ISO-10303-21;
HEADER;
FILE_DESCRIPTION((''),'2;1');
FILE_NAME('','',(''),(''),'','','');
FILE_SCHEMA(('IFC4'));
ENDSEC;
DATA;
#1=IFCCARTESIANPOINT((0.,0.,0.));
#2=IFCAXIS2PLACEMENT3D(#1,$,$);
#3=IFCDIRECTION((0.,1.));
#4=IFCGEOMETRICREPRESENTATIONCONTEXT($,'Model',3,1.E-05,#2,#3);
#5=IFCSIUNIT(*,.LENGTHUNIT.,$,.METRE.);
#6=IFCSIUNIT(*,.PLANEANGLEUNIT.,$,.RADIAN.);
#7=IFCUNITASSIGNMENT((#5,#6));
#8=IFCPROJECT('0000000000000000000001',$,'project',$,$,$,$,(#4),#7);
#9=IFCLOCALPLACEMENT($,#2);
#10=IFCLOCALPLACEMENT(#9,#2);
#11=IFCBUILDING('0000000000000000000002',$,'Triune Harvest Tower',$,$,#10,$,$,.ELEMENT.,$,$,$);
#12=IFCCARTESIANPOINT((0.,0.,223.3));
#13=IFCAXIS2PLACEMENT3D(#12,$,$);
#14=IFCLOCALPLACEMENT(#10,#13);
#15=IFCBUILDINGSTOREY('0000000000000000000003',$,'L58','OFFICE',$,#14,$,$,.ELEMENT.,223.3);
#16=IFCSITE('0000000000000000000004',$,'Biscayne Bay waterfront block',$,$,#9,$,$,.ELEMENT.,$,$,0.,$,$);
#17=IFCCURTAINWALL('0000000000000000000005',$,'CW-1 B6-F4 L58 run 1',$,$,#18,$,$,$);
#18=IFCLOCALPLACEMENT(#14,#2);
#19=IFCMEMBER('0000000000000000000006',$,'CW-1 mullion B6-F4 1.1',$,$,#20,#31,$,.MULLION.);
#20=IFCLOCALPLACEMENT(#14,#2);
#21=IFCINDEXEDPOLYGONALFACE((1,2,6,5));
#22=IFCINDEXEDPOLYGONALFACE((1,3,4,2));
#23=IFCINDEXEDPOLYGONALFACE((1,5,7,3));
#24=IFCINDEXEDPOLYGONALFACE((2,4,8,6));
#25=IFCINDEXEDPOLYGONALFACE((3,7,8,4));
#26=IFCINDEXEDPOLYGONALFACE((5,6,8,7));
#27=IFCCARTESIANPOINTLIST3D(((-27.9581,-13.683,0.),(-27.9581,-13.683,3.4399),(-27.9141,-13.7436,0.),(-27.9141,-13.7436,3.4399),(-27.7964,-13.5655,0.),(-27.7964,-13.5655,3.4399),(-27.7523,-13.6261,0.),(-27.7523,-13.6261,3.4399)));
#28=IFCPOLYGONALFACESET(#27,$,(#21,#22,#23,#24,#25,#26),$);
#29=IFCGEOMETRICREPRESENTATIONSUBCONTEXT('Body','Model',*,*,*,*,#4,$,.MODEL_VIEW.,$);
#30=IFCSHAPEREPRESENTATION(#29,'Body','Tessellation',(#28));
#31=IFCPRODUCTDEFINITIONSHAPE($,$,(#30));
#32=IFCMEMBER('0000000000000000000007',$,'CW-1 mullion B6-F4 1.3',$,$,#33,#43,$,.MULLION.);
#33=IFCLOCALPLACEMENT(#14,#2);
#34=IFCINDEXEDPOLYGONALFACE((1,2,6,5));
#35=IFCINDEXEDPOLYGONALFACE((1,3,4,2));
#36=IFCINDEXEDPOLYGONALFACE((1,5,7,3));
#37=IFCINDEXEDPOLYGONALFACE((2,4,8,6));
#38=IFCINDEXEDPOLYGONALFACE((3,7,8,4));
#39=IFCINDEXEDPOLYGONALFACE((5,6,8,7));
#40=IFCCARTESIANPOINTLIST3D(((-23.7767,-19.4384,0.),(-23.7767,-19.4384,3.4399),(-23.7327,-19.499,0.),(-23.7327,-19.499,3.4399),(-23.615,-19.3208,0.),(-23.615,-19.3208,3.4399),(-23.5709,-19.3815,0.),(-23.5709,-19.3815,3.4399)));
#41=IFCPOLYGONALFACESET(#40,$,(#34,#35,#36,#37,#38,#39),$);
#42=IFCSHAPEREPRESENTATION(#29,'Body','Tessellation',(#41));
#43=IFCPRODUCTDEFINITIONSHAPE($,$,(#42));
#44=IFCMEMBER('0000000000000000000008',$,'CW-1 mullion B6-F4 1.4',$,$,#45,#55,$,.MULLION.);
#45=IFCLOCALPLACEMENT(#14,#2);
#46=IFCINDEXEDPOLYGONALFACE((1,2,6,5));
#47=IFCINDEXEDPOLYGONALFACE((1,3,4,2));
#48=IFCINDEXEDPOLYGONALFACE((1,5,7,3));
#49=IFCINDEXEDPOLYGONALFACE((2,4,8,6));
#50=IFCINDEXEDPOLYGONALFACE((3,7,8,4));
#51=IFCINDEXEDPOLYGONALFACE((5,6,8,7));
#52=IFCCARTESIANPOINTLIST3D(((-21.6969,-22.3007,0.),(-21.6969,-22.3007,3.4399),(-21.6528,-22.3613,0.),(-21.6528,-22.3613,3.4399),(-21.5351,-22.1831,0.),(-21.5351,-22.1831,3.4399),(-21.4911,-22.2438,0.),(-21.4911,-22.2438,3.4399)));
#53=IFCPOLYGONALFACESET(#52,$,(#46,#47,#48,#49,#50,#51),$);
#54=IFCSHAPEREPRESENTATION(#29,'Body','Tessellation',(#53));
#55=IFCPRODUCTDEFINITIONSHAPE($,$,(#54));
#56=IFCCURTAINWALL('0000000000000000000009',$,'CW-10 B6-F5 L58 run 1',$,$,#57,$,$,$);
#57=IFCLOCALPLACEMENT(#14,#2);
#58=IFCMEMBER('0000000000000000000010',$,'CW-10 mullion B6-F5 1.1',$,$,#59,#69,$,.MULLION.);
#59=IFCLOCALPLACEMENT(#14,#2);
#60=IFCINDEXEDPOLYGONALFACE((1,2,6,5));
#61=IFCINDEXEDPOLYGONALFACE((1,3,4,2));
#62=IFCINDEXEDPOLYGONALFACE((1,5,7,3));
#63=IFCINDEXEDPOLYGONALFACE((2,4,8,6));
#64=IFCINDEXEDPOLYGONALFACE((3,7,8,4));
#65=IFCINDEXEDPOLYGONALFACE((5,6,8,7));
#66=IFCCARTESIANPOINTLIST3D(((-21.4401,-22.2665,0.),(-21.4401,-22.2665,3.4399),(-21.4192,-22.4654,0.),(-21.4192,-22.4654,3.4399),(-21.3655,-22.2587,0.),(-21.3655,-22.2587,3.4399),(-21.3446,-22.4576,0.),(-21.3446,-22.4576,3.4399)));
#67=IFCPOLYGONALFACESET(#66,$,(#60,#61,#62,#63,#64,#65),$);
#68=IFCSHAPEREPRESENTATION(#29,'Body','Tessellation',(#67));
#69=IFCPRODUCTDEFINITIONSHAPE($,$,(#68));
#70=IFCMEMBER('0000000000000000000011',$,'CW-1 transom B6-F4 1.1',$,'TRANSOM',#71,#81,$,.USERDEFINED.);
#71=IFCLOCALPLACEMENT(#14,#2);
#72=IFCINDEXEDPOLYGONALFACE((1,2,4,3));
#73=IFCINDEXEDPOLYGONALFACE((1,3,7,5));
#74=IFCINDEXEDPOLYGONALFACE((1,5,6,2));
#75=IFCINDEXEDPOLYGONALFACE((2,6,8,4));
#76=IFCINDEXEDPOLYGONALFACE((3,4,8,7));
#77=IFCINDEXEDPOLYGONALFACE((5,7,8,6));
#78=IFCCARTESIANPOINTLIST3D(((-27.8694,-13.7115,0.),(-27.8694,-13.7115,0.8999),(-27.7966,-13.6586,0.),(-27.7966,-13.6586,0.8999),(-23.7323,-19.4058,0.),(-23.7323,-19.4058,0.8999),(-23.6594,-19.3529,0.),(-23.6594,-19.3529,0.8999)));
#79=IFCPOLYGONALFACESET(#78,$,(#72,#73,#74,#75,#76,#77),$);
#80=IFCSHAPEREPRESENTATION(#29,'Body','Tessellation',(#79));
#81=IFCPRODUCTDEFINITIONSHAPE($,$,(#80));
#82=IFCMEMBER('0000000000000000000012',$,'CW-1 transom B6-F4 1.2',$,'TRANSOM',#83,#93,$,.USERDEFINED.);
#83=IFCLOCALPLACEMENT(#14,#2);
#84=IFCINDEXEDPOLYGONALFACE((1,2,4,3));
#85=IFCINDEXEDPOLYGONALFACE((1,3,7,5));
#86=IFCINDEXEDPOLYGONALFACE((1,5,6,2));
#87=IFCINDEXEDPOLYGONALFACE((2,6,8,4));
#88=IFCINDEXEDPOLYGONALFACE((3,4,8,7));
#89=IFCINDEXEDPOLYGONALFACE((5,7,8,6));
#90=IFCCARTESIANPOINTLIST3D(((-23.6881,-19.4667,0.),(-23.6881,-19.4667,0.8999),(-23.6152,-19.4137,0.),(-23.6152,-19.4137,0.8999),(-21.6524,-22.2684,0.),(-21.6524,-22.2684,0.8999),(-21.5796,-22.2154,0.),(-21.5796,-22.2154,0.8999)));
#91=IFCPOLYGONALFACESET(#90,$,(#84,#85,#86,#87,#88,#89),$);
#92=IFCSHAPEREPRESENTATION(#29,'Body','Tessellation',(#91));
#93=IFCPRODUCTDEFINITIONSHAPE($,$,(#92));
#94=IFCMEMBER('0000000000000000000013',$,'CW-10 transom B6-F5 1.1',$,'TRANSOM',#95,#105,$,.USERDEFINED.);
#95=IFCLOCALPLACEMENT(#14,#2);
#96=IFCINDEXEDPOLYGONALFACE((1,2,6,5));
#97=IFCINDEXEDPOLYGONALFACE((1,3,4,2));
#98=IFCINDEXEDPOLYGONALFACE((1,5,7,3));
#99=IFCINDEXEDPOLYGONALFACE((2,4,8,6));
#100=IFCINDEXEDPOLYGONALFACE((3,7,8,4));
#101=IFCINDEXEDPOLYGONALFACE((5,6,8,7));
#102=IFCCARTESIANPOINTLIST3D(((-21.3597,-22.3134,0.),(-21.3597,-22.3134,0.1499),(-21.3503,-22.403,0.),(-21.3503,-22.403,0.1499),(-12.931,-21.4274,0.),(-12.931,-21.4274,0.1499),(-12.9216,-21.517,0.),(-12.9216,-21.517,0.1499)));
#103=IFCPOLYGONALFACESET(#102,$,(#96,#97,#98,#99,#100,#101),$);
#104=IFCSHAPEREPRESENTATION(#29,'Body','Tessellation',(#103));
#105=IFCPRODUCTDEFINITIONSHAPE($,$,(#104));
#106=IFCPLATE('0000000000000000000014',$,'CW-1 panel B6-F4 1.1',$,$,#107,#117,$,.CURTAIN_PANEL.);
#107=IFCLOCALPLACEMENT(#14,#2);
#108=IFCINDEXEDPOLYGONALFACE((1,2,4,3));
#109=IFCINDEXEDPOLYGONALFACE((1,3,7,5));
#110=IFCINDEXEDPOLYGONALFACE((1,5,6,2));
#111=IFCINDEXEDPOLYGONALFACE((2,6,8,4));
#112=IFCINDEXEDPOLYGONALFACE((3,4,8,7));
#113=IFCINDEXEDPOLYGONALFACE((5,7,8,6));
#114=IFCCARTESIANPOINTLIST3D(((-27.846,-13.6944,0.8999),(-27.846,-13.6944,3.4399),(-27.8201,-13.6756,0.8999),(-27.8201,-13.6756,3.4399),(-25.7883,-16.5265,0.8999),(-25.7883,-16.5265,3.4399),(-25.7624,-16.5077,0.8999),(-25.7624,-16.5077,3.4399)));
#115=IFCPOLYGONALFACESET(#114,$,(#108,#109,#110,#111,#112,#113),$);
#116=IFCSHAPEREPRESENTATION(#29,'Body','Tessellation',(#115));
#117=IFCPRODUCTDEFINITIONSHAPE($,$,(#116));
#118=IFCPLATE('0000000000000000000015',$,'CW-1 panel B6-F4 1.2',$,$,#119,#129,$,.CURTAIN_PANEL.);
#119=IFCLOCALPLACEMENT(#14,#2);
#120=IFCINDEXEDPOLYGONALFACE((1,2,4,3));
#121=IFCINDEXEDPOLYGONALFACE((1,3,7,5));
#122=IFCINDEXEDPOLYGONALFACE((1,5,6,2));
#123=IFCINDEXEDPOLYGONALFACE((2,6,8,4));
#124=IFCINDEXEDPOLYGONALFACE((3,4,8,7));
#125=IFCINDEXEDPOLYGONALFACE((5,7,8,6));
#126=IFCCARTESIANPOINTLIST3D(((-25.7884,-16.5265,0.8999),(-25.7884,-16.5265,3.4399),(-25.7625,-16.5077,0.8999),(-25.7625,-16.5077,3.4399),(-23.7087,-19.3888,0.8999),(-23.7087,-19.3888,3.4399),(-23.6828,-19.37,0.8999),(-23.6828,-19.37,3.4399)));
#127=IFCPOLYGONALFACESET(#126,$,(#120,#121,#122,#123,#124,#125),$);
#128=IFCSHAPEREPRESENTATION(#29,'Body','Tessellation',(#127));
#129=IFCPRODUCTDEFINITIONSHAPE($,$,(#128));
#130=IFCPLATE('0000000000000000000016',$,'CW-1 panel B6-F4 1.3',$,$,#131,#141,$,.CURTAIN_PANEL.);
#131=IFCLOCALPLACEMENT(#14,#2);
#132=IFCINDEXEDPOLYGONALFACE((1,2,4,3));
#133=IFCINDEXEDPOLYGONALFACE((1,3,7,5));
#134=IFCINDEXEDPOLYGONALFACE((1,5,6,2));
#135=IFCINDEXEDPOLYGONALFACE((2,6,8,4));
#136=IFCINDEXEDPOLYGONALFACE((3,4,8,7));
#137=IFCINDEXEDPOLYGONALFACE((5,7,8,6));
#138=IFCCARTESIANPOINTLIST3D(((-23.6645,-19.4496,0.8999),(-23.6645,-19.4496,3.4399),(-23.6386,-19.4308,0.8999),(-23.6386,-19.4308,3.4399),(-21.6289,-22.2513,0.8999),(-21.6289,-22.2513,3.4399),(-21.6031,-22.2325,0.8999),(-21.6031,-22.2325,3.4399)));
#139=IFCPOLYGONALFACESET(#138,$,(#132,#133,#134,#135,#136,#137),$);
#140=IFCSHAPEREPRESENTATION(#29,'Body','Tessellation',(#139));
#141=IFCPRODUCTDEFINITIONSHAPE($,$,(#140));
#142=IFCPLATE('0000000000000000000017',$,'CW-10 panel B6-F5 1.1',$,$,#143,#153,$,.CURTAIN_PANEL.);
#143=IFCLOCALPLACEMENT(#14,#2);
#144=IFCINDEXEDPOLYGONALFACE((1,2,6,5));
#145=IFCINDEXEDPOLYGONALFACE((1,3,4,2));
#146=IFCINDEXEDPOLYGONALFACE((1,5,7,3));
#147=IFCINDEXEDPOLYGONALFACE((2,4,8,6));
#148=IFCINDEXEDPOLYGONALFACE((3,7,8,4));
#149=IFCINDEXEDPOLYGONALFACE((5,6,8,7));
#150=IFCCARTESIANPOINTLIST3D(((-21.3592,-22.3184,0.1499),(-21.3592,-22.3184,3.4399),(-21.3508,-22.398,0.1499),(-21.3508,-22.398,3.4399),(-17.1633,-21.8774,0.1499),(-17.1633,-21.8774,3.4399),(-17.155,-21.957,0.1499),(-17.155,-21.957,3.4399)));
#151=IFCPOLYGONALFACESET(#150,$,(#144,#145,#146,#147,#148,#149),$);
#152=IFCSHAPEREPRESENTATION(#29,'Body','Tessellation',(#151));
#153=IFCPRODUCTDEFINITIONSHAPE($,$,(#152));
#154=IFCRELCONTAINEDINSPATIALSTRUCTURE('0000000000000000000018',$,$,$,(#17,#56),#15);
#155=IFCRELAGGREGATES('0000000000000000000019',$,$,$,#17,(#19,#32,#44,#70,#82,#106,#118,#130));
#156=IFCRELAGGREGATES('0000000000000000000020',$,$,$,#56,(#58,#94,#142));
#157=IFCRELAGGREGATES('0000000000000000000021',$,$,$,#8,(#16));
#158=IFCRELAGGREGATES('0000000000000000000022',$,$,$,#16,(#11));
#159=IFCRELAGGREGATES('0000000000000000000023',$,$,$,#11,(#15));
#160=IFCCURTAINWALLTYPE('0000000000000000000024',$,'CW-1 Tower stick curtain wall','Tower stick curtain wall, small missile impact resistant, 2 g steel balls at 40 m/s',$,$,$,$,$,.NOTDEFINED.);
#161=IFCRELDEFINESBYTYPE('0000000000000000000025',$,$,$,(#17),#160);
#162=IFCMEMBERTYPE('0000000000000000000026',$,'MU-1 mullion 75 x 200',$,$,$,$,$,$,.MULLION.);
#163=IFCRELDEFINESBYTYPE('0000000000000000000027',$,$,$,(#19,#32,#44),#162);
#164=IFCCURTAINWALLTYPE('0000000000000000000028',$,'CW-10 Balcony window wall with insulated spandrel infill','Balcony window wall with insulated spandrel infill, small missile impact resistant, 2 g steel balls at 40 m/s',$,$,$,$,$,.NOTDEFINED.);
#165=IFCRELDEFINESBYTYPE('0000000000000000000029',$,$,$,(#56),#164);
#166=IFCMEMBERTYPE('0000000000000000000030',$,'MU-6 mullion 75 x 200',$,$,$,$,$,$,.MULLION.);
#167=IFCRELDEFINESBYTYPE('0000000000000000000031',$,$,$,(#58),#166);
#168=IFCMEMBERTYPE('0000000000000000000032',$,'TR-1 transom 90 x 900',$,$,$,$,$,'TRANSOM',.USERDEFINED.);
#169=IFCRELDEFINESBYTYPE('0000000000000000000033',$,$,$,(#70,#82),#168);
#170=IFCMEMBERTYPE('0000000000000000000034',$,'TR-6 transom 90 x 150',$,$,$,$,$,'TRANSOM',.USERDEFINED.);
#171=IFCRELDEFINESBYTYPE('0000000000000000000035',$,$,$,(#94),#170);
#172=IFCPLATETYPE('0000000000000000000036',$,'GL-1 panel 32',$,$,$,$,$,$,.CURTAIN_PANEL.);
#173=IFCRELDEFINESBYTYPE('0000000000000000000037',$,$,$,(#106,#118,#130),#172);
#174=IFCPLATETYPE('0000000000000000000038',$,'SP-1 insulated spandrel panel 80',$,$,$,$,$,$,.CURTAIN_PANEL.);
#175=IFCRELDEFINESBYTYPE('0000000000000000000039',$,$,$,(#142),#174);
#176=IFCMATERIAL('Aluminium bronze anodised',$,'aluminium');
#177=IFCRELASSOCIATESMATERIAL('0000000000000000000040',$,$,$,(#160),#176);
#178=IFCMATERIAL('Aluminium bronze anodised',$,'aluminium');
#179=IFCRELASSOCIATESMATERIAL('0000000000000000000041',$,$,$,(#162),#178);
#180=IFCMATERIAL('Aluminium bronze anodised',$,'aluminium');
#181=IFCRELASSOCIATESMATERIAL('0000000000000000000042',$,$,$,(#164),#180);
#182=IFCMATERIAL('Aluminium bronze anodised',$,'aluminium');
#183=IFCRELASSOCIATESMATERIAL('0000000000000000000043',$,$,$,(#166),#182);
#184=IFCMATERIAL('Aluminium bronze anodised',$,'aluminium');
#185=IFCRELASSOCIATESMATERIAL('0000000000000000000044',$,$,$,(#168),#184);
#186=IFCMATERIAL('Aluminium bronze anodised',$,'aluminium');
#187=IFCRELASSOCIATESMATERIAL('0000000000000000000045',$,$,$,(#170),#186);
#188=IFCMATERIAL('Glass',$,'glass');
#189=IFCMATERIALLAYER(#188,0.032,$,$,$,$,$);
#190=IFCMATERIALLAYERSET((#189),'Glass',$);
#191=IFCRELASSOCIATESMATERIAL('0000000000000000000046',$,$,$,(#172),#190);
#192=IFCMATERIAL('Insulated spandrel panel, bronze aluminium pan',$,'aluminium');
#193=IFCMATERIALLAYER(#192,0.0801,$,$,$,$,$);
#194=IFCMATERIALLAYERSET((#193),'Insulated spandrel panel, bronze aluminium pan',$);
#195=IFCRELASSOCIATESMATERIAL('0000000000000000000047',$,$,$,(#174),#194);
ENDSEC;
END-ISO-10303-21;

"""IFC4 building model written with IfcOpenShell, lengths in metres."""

from ifc_helpers import new_model, si_unit, direction, frame, origin, origin_2d, place, context, subcontext, project, spatial, rectangle, extrude, source, transform, mapped, material, layer, layer_set, material_profile, profile_set, type_object, element, aggregate, save


model = new_model("IFC4")

# Units and contexts
model_context = context("Model", 3, precision=1e-05, world=origin(), true_north=direction((0.0, 1.0)))
body_context = subcontext(model_context, "Body", "Model", "MODEL_VIEW")
ifc_project = project(units=[si_unit("LENGTHUNIT", "METRE"), si_unit("PLANEANGLEUNIT", "RADIAN")], contexts=[model_context])

# Site, building, storey
site_placement = place(None, origin())
site = spatial("IfcSite", under=ifc_project, at=site_placement, Name="Biscayne Bay waterfront block", CompositionType="ELEMENT", RefElevation=0.0)
building_placement = place(site_placement, origin())
building = spatial("IfcBuilding", under=site, at=building_placement, Name="Triune Harvest Tower", CompositionType="ELEMENT")
storey_placement = place(building_placement, frame((0.0, 0.0, 223.3)))
storey = spatial("IfcBuildingStorey", under=building, at=storey_placement, Name="L58", Description="OFFICE", CompositionType="ELEMENT", Elevation=223.3)

# Curtain wall, members
ifc_material_1 = material(Name="Aluminium bronze anodised", Category="aluminium")
curtain_wall_type_1 = type_object("IfcCurtainWallType", Name="CW-1 Tower stick curtain wall", Description="Tower stick curtain wall, small missile impact resistant, 2 g steel balls at 40 m/s", PredefinedType="NOTDEFINED", material=ifc_material_1)
curtain_wall_1_placement = place(storey_placement, origin())
curtain_wall_1 = element("IfcCurtainWall", 1, at=curtain_wall_1_placement, inside=storey, type_object=curtain_wall_type_1, Name="CW-1 B6-F4 L58 run 1")
ifc_material_2 = material(Name="Aluminium bronze anodised", Category="aluminium")
ifc_material_profile_1 = material_profile(ifc_material_2, rectangle(XDim=0.2, YDim=0.075, at=origin_2d()), Name="MU-1 mullion 75 x 200")
ifc_profile_set_1 = profile_set([ifc_material_profile_1], Name="Aluminium bronze anodised")
member_type_1 = type_object("IfcMemberType", Name="MU-1 mullion 75 x 200", PredefinedType="MULLION", material=ifc_profile_set_1)
shared_shape_1 = source(origin(), body_context, "Body", "SweptSolid", [
    extrude(rectangle(XDim=0.2, YDim=0.075, at=origin_2d()), origin(), (0.0, 0.0, 1.0), 3.4399),
])
member_1_placement = place(storey_placement, frame((-27.8552, -13.6545, 0.0), z_axis=(0.0, 0.0, 1.0), x_axis=(0.809014, 0.587789, 0.0)))
member_1 = element("IfcMember", 2, at=member_1_placement, type_object=member_type_1, Name="CW-1 mullion B6-F4 1.1", PredefinedType="MULLION", context=body_context, shape_type="MappedRepresentation", body=[
    mapped(shared_shape_1, transform((0.0, 0.0, 0.0), scale=1.0)),
])
member_2_placement = place(storey_placement, frame((-23.6738, -19.4099, 0.0), z_axis=(0.0, 0.0, 1.0), x_axis=(0.809014, 0.587789, 0.0)))
member_2 = element("IfcMember", 3, at=member_2_placement, type_object=member_type_1, Name="CW-1 mullion B6-F4 1.3", PredefinedType="MULLION", context=body_context, shape_type="MappedRepresentation", body=[
    mapped(shared_shape_1, transform((0.0, 0.0, 0.0), scale=1.0)),
])
member_3_placement = place(storey_placement, frame((-21.594, -22.2722, 0.0), z_axis=(0.0, 0.0, 1.0), x_axis=(0.809014, 0.587789, 0.0)))
member_3 = element("IfcMember", 4, at=member_3_placement, type_object=member_type_1, Name="CW-1 mullion B6-F4 1.4", PredefinedType="MULLION", context=body_context, shape_type="MappedRepresentation", body=[
    mapped(shared_shape_1, transform((0.0, 0.0, 0.0), scale=1.0)),
])

# Curtain wall, member
ifc_material_3 = material(Name="Aluminium bronze anodised", Category="aluminium")
curtain_wall_type_2 = type_object("IfcCurtainWallType", Name="CW-10 Balcony window wall with insulated spandrel infill", Description="Balcony window wall with insulated spandrel infill, small missile impact resistant, 2 g steel balls at 40 m/s", PredefinedType="NOTDEFINED", material=ifc_material_3)
curtain_wall_2_placement = place(storey_placement, origin())
curtain_wall_2 = element("IfcCurtainWall", 5, at=curtain_wall_2_placement, inside=storey, type_object=curtain_wall_type_2, Name="CW-10 B6-F5 L58 run 1")
ifc_material_4 = material(Name="Aluminium bronze anodised", Category="aluminium")
ifc_material_profile_2 = material_profile(ifc_material_4, rectangle(XDim=0.2, YDim=0.075, at=origin_2d()), Name="MU-6 mullion 75 x 200")
ifc_profile_set_2 = profile_set([ifc_material_profile_2], Name="Aluminium bronze anodised")
member_type_2 = type_object("IfcMemberType", Name="MU-6 mullion 75 x 200", PredefinedType="MULLION", material=ifc_profile_set_2)
shared_shape_2 = source(origin(), body_context, "Body", "SweptSolid", [
    extrude(rectangle(XDim=0.2, YDim=0.075, at=origin_2d()), origin(), (0.0, 0.0, 1.0), 3.4399),
])
member_4_placement = place(storey_placement, frame((-21.3923, -22.3621, 0.0), z_axis=(0.0, 0.0, 1.0), x_axis=(-0.10453, 0.994522, 0.0)))
member_4 = element("IfcMember", 6, at=member_4_placement, type_object=member_type_2, Name="CW-10 mullion B6-F5 1.1", PredefinedType="MULLION", context=body_context, shape_type="MappedRepresentation", body=[
    mapped(shared_shape_2, transform((0.0, 0.0, 0.0), scale=1.0)),
])

# Members
ifc_material_5 = material(Name="Aluminium bronze anodised", Category="aluminium")
ifc_material_profile_3 = material_profile(ifc_material_5, rectangle(XDim=0.0901, YDim=0.8999, at=origin_2d()), Name="TR-1 transom 90 x 900")
ifc_profile_set_3 = profile_set([ifc_material_profile_3], Name="Aluminium bronze anodised")
member_type_3 = type_object("IfcMemberType", Name="TR-1 transom 90 x 900", ElementType="TRANSOM", PredefinedType="USERDEFINED", material=ifc_profile_set_3)
shared_shape_3 = source(origin(), body_context, "Body", "SweptSolid", [
    extrude(rectangle(XDim=0.0901, YDim=0.8999, at=origin_2d()), origin(), (0.0, 0.0, 1.0), 7.0386),
])
member_5_placement = place(storey_placement, frame((-27.833, -13.6851, 0.45), z_axis=(0.587788, -0.809015, 0.0), x_axis=(0.809015, 0.587788, 0.0)))
member_5 = element("IfcMember", 7, at=member_5_placement, type_object=member_type_3, Name="CW-1 transom B6-F4 1.1", ObjectType="TRANSOM", PredefinedType="USERDEFINED", context=body_context, shape_type="MappedRepresentation", body=[
    mapped(shared_shape_3, transform((0.0, 0.0, 0.0), scale=1.0)),
])
shared_shape_4 = source(origin(), body_context, "Body", "SweptSolid", [
    extrude(rectangle(XDim=0.0901, YDim=0.8999, at=origin_2d()), origin(), (0.0, 0.0, 1.0), 3.4631),
])
member_6_placement = place(storey_placement, frame((-23.6516, -19.4402, 0.45), z_axis=(0.587794, -0.80901, 0.0), x_axis=(0.80901, 0.587794, 0.0)))
member_6 = element("IfcMember", 8, at=member_6_placement, type_object=member_type_3, Name="CW-1 transom B6-F4 1.2", ObjectType="TRANSOM", PredefinedType="USERDEFINED", context=body_context, shape_type="MappedRepresentation", body=[
    mapped(shared_shape_4, transform((0.0, 0.0, 0.0), scale=1.0)),
])
ifc_material_6 = material(Name="Aluminium bronze anodised", Category="aluminium")
ifc_material_profile_4 = material_profile(ifc_material_6, rectangle(XDim=0.0901, YDim=0.1499, at=origin_2d()), Name="TR-6 transom 90 x 150")
ifc_profile_set_4 = profile_set([ifc_material_profile_4], Name="Aluminium bronze anodised")
member_type_4 = type_object("IfcMemberType", Name="TR-6 transom 90 x 150", ElementType="TRANSOM", PredefinedType="USERDEFINED", material=ifc_profile_set_4)
shared_shape_5 = source(origin(), body_context, "Body", "SweptSolid", [
    extrude(rectangle(XDim=0.0901, YDim=0.1499, at=origin_2d()), origin(), (0.0, 0.0, 1.0), 8.4751),
])
member_7_placement = place(storey_placement, frame((-21.355, -22.3582, 0.075), z_axis=(0.994521, 0.104539, 0.0), x_axis=(-0.104539, 0.994521, 0.0)))
member_7 = element("IfcMember", 9, at=member_7_placement, type_object=member_type_4, Name="CW-10 transom B6-F5 1.1", ObjectType="TRANSOM", PredefinedType="USERDEFINED", context=body_context, shape_type="MappedRepresentation", body=[
    mapped(shared_shape_5, transform((0.0, 0.0, 0.0), scale=1.0)),
])

# Plates
ifc_material_7 = material(Name="Glass", Category="glass")
ifc_layer_1 = layer(ifc_material_7, 0.032)
ifc_layer_set_1 = layer_set([ifc_layer_1], Name="Glass")
plate_type_1 = type_object("IfcPlateType", Name="GL-1 panel 32", PredefinedType="CURTAIN_PANEL", material=ifc_layer_set_1)
shared_shape_6 = source(origin(), body_context, "Body", "SweptSolid", [
    extrude(rectangle(XDim=3.5007, YDim=0.032, at=origin_2d()), origin(), (0.0, 0.0, 1.0), 2.54),
])
plate_1_placement = place(storey_placement, frame((-26.8042, -15.1011, 0.8999), z_axis=(0.0, 0.0, 1.0), x_axis=(0.587789, -0.809014, 0.0)))
plate_1 = element("IfcPlate", 10, at=plate_1_placement, type_object=plate_type_1, Name="CW-1 panel B6-F4 1.1", PredefinedType="CURTAIN_PANEL", context=body_context, shape_type="MappedRepresentation", body=[
    mapped(shared_shape_6, transform((0.0, 0.0, 0.0), scale=1.0)),
])
shared_shape_7 = source(origin(), body_context, "Body", "SweptSolid", [
    extrude(rectangle(XDim=3.5381, YDim=0.032, at=origin_2d()), origin(), (0.0, 0.0, 1.0), 2.54),
])
plate_2_placement = place(storey_placement, frame((-24.7356, -17.9482, 0.8999), z_axis=(0.0, 0.0, 1.0), x_axis=(0.587789, -0.809014, 0.0)))
plate_2 = element("IfcPlate", 11, at=plate_2_placement, type_object=plate_type_1, Name="CW-1 panel B6-F4 1.2", PredefinedType="CURTAIN_PANEL", context=body_context, shape_type="MappedRepresentation", body=[
    mapped(shared_shape_7, transform((0.0, 0.0, 0.0), scale=1.0)),
])
shared_shape_8 = source(origin(), body_context, "Body", "SweptSolid", [
    extrude(rectangle(XDim=3.4631, YDim=0.032, at=origin_2d()), origin(), (0.0, 0.0, 1.0), 2.54),
])
plate_3_placement = place(storey_placement, frame((-22.6338, -20.8411, 0.8999), z_axis=(0.0, 0.0, 1.0), x_axis=(0.587789, -0.809014, 0.0)))
plate_3 = element("IfcPlate", 12, at=plate_3_placement, type_object=plate_type_1, Name="CW-1 panel B6-F4 1.3", PredefinedType="CURTAIN_PANEL", context=body_context, shape_type="MappedRepresentation", body=[
    mapped(shared_shape_8, transform((0.0, 0.0, 0.0), scale=1.0)),
])
aggregate(curtain_wall_1, [member_1, member_2, member_3, member_5, member_6, plate_1, plate_2, plate_3])
ifc_material_8 = material(Name="Insulated spandrel panel, bronze aluminium pan", Category="aluminium")
ifc_layer_2 = layer(ifc_material_8, 0.0801)
ifc_layer_set_2 = layer_set([ifc_layer_2], Name="Insulated spandrel panel, bronze aluminium pan")
plate_type_2 = type_object("IfcPlateType", Name="SP-1 insulated spandrel panel 80", PredefinedType="CURTAIN_PANEL", material=ifc_layer_set_2)
shared_shape_9 = source(origin(), body_context, "Body", "SweptSolid", [
    extrude(rectangle(XDim=4.219, YDim=0.0801, at=origin_2d()), origin(), (0.0, 0.0, 1.0), 3.29),
])
plate_4_placement = place(storey_placement, frame((-19.2571, -22.1377, 0.1499), z_axis=(0.0, 0.0, 1.0), x_axis=(0.994522, 0.10453, 0.0)))
plate_4 = element("IfcPlate", 13, at=plate_4_placement, type_object=plate_type_2, Name="CW-10 panel B6-F5 1.1", PredefinedType="CURTAIN_PANEL", context=body_context, shape_type="MappedRepresentation", body=[
    mapped(shared_shape_9, transform((0.0, 0.0, 0.0), scale=1.0)),
])
aggregate(curtain_wall_2, [member_4, member_7, plate_4])

save(model, "model.ifc")
